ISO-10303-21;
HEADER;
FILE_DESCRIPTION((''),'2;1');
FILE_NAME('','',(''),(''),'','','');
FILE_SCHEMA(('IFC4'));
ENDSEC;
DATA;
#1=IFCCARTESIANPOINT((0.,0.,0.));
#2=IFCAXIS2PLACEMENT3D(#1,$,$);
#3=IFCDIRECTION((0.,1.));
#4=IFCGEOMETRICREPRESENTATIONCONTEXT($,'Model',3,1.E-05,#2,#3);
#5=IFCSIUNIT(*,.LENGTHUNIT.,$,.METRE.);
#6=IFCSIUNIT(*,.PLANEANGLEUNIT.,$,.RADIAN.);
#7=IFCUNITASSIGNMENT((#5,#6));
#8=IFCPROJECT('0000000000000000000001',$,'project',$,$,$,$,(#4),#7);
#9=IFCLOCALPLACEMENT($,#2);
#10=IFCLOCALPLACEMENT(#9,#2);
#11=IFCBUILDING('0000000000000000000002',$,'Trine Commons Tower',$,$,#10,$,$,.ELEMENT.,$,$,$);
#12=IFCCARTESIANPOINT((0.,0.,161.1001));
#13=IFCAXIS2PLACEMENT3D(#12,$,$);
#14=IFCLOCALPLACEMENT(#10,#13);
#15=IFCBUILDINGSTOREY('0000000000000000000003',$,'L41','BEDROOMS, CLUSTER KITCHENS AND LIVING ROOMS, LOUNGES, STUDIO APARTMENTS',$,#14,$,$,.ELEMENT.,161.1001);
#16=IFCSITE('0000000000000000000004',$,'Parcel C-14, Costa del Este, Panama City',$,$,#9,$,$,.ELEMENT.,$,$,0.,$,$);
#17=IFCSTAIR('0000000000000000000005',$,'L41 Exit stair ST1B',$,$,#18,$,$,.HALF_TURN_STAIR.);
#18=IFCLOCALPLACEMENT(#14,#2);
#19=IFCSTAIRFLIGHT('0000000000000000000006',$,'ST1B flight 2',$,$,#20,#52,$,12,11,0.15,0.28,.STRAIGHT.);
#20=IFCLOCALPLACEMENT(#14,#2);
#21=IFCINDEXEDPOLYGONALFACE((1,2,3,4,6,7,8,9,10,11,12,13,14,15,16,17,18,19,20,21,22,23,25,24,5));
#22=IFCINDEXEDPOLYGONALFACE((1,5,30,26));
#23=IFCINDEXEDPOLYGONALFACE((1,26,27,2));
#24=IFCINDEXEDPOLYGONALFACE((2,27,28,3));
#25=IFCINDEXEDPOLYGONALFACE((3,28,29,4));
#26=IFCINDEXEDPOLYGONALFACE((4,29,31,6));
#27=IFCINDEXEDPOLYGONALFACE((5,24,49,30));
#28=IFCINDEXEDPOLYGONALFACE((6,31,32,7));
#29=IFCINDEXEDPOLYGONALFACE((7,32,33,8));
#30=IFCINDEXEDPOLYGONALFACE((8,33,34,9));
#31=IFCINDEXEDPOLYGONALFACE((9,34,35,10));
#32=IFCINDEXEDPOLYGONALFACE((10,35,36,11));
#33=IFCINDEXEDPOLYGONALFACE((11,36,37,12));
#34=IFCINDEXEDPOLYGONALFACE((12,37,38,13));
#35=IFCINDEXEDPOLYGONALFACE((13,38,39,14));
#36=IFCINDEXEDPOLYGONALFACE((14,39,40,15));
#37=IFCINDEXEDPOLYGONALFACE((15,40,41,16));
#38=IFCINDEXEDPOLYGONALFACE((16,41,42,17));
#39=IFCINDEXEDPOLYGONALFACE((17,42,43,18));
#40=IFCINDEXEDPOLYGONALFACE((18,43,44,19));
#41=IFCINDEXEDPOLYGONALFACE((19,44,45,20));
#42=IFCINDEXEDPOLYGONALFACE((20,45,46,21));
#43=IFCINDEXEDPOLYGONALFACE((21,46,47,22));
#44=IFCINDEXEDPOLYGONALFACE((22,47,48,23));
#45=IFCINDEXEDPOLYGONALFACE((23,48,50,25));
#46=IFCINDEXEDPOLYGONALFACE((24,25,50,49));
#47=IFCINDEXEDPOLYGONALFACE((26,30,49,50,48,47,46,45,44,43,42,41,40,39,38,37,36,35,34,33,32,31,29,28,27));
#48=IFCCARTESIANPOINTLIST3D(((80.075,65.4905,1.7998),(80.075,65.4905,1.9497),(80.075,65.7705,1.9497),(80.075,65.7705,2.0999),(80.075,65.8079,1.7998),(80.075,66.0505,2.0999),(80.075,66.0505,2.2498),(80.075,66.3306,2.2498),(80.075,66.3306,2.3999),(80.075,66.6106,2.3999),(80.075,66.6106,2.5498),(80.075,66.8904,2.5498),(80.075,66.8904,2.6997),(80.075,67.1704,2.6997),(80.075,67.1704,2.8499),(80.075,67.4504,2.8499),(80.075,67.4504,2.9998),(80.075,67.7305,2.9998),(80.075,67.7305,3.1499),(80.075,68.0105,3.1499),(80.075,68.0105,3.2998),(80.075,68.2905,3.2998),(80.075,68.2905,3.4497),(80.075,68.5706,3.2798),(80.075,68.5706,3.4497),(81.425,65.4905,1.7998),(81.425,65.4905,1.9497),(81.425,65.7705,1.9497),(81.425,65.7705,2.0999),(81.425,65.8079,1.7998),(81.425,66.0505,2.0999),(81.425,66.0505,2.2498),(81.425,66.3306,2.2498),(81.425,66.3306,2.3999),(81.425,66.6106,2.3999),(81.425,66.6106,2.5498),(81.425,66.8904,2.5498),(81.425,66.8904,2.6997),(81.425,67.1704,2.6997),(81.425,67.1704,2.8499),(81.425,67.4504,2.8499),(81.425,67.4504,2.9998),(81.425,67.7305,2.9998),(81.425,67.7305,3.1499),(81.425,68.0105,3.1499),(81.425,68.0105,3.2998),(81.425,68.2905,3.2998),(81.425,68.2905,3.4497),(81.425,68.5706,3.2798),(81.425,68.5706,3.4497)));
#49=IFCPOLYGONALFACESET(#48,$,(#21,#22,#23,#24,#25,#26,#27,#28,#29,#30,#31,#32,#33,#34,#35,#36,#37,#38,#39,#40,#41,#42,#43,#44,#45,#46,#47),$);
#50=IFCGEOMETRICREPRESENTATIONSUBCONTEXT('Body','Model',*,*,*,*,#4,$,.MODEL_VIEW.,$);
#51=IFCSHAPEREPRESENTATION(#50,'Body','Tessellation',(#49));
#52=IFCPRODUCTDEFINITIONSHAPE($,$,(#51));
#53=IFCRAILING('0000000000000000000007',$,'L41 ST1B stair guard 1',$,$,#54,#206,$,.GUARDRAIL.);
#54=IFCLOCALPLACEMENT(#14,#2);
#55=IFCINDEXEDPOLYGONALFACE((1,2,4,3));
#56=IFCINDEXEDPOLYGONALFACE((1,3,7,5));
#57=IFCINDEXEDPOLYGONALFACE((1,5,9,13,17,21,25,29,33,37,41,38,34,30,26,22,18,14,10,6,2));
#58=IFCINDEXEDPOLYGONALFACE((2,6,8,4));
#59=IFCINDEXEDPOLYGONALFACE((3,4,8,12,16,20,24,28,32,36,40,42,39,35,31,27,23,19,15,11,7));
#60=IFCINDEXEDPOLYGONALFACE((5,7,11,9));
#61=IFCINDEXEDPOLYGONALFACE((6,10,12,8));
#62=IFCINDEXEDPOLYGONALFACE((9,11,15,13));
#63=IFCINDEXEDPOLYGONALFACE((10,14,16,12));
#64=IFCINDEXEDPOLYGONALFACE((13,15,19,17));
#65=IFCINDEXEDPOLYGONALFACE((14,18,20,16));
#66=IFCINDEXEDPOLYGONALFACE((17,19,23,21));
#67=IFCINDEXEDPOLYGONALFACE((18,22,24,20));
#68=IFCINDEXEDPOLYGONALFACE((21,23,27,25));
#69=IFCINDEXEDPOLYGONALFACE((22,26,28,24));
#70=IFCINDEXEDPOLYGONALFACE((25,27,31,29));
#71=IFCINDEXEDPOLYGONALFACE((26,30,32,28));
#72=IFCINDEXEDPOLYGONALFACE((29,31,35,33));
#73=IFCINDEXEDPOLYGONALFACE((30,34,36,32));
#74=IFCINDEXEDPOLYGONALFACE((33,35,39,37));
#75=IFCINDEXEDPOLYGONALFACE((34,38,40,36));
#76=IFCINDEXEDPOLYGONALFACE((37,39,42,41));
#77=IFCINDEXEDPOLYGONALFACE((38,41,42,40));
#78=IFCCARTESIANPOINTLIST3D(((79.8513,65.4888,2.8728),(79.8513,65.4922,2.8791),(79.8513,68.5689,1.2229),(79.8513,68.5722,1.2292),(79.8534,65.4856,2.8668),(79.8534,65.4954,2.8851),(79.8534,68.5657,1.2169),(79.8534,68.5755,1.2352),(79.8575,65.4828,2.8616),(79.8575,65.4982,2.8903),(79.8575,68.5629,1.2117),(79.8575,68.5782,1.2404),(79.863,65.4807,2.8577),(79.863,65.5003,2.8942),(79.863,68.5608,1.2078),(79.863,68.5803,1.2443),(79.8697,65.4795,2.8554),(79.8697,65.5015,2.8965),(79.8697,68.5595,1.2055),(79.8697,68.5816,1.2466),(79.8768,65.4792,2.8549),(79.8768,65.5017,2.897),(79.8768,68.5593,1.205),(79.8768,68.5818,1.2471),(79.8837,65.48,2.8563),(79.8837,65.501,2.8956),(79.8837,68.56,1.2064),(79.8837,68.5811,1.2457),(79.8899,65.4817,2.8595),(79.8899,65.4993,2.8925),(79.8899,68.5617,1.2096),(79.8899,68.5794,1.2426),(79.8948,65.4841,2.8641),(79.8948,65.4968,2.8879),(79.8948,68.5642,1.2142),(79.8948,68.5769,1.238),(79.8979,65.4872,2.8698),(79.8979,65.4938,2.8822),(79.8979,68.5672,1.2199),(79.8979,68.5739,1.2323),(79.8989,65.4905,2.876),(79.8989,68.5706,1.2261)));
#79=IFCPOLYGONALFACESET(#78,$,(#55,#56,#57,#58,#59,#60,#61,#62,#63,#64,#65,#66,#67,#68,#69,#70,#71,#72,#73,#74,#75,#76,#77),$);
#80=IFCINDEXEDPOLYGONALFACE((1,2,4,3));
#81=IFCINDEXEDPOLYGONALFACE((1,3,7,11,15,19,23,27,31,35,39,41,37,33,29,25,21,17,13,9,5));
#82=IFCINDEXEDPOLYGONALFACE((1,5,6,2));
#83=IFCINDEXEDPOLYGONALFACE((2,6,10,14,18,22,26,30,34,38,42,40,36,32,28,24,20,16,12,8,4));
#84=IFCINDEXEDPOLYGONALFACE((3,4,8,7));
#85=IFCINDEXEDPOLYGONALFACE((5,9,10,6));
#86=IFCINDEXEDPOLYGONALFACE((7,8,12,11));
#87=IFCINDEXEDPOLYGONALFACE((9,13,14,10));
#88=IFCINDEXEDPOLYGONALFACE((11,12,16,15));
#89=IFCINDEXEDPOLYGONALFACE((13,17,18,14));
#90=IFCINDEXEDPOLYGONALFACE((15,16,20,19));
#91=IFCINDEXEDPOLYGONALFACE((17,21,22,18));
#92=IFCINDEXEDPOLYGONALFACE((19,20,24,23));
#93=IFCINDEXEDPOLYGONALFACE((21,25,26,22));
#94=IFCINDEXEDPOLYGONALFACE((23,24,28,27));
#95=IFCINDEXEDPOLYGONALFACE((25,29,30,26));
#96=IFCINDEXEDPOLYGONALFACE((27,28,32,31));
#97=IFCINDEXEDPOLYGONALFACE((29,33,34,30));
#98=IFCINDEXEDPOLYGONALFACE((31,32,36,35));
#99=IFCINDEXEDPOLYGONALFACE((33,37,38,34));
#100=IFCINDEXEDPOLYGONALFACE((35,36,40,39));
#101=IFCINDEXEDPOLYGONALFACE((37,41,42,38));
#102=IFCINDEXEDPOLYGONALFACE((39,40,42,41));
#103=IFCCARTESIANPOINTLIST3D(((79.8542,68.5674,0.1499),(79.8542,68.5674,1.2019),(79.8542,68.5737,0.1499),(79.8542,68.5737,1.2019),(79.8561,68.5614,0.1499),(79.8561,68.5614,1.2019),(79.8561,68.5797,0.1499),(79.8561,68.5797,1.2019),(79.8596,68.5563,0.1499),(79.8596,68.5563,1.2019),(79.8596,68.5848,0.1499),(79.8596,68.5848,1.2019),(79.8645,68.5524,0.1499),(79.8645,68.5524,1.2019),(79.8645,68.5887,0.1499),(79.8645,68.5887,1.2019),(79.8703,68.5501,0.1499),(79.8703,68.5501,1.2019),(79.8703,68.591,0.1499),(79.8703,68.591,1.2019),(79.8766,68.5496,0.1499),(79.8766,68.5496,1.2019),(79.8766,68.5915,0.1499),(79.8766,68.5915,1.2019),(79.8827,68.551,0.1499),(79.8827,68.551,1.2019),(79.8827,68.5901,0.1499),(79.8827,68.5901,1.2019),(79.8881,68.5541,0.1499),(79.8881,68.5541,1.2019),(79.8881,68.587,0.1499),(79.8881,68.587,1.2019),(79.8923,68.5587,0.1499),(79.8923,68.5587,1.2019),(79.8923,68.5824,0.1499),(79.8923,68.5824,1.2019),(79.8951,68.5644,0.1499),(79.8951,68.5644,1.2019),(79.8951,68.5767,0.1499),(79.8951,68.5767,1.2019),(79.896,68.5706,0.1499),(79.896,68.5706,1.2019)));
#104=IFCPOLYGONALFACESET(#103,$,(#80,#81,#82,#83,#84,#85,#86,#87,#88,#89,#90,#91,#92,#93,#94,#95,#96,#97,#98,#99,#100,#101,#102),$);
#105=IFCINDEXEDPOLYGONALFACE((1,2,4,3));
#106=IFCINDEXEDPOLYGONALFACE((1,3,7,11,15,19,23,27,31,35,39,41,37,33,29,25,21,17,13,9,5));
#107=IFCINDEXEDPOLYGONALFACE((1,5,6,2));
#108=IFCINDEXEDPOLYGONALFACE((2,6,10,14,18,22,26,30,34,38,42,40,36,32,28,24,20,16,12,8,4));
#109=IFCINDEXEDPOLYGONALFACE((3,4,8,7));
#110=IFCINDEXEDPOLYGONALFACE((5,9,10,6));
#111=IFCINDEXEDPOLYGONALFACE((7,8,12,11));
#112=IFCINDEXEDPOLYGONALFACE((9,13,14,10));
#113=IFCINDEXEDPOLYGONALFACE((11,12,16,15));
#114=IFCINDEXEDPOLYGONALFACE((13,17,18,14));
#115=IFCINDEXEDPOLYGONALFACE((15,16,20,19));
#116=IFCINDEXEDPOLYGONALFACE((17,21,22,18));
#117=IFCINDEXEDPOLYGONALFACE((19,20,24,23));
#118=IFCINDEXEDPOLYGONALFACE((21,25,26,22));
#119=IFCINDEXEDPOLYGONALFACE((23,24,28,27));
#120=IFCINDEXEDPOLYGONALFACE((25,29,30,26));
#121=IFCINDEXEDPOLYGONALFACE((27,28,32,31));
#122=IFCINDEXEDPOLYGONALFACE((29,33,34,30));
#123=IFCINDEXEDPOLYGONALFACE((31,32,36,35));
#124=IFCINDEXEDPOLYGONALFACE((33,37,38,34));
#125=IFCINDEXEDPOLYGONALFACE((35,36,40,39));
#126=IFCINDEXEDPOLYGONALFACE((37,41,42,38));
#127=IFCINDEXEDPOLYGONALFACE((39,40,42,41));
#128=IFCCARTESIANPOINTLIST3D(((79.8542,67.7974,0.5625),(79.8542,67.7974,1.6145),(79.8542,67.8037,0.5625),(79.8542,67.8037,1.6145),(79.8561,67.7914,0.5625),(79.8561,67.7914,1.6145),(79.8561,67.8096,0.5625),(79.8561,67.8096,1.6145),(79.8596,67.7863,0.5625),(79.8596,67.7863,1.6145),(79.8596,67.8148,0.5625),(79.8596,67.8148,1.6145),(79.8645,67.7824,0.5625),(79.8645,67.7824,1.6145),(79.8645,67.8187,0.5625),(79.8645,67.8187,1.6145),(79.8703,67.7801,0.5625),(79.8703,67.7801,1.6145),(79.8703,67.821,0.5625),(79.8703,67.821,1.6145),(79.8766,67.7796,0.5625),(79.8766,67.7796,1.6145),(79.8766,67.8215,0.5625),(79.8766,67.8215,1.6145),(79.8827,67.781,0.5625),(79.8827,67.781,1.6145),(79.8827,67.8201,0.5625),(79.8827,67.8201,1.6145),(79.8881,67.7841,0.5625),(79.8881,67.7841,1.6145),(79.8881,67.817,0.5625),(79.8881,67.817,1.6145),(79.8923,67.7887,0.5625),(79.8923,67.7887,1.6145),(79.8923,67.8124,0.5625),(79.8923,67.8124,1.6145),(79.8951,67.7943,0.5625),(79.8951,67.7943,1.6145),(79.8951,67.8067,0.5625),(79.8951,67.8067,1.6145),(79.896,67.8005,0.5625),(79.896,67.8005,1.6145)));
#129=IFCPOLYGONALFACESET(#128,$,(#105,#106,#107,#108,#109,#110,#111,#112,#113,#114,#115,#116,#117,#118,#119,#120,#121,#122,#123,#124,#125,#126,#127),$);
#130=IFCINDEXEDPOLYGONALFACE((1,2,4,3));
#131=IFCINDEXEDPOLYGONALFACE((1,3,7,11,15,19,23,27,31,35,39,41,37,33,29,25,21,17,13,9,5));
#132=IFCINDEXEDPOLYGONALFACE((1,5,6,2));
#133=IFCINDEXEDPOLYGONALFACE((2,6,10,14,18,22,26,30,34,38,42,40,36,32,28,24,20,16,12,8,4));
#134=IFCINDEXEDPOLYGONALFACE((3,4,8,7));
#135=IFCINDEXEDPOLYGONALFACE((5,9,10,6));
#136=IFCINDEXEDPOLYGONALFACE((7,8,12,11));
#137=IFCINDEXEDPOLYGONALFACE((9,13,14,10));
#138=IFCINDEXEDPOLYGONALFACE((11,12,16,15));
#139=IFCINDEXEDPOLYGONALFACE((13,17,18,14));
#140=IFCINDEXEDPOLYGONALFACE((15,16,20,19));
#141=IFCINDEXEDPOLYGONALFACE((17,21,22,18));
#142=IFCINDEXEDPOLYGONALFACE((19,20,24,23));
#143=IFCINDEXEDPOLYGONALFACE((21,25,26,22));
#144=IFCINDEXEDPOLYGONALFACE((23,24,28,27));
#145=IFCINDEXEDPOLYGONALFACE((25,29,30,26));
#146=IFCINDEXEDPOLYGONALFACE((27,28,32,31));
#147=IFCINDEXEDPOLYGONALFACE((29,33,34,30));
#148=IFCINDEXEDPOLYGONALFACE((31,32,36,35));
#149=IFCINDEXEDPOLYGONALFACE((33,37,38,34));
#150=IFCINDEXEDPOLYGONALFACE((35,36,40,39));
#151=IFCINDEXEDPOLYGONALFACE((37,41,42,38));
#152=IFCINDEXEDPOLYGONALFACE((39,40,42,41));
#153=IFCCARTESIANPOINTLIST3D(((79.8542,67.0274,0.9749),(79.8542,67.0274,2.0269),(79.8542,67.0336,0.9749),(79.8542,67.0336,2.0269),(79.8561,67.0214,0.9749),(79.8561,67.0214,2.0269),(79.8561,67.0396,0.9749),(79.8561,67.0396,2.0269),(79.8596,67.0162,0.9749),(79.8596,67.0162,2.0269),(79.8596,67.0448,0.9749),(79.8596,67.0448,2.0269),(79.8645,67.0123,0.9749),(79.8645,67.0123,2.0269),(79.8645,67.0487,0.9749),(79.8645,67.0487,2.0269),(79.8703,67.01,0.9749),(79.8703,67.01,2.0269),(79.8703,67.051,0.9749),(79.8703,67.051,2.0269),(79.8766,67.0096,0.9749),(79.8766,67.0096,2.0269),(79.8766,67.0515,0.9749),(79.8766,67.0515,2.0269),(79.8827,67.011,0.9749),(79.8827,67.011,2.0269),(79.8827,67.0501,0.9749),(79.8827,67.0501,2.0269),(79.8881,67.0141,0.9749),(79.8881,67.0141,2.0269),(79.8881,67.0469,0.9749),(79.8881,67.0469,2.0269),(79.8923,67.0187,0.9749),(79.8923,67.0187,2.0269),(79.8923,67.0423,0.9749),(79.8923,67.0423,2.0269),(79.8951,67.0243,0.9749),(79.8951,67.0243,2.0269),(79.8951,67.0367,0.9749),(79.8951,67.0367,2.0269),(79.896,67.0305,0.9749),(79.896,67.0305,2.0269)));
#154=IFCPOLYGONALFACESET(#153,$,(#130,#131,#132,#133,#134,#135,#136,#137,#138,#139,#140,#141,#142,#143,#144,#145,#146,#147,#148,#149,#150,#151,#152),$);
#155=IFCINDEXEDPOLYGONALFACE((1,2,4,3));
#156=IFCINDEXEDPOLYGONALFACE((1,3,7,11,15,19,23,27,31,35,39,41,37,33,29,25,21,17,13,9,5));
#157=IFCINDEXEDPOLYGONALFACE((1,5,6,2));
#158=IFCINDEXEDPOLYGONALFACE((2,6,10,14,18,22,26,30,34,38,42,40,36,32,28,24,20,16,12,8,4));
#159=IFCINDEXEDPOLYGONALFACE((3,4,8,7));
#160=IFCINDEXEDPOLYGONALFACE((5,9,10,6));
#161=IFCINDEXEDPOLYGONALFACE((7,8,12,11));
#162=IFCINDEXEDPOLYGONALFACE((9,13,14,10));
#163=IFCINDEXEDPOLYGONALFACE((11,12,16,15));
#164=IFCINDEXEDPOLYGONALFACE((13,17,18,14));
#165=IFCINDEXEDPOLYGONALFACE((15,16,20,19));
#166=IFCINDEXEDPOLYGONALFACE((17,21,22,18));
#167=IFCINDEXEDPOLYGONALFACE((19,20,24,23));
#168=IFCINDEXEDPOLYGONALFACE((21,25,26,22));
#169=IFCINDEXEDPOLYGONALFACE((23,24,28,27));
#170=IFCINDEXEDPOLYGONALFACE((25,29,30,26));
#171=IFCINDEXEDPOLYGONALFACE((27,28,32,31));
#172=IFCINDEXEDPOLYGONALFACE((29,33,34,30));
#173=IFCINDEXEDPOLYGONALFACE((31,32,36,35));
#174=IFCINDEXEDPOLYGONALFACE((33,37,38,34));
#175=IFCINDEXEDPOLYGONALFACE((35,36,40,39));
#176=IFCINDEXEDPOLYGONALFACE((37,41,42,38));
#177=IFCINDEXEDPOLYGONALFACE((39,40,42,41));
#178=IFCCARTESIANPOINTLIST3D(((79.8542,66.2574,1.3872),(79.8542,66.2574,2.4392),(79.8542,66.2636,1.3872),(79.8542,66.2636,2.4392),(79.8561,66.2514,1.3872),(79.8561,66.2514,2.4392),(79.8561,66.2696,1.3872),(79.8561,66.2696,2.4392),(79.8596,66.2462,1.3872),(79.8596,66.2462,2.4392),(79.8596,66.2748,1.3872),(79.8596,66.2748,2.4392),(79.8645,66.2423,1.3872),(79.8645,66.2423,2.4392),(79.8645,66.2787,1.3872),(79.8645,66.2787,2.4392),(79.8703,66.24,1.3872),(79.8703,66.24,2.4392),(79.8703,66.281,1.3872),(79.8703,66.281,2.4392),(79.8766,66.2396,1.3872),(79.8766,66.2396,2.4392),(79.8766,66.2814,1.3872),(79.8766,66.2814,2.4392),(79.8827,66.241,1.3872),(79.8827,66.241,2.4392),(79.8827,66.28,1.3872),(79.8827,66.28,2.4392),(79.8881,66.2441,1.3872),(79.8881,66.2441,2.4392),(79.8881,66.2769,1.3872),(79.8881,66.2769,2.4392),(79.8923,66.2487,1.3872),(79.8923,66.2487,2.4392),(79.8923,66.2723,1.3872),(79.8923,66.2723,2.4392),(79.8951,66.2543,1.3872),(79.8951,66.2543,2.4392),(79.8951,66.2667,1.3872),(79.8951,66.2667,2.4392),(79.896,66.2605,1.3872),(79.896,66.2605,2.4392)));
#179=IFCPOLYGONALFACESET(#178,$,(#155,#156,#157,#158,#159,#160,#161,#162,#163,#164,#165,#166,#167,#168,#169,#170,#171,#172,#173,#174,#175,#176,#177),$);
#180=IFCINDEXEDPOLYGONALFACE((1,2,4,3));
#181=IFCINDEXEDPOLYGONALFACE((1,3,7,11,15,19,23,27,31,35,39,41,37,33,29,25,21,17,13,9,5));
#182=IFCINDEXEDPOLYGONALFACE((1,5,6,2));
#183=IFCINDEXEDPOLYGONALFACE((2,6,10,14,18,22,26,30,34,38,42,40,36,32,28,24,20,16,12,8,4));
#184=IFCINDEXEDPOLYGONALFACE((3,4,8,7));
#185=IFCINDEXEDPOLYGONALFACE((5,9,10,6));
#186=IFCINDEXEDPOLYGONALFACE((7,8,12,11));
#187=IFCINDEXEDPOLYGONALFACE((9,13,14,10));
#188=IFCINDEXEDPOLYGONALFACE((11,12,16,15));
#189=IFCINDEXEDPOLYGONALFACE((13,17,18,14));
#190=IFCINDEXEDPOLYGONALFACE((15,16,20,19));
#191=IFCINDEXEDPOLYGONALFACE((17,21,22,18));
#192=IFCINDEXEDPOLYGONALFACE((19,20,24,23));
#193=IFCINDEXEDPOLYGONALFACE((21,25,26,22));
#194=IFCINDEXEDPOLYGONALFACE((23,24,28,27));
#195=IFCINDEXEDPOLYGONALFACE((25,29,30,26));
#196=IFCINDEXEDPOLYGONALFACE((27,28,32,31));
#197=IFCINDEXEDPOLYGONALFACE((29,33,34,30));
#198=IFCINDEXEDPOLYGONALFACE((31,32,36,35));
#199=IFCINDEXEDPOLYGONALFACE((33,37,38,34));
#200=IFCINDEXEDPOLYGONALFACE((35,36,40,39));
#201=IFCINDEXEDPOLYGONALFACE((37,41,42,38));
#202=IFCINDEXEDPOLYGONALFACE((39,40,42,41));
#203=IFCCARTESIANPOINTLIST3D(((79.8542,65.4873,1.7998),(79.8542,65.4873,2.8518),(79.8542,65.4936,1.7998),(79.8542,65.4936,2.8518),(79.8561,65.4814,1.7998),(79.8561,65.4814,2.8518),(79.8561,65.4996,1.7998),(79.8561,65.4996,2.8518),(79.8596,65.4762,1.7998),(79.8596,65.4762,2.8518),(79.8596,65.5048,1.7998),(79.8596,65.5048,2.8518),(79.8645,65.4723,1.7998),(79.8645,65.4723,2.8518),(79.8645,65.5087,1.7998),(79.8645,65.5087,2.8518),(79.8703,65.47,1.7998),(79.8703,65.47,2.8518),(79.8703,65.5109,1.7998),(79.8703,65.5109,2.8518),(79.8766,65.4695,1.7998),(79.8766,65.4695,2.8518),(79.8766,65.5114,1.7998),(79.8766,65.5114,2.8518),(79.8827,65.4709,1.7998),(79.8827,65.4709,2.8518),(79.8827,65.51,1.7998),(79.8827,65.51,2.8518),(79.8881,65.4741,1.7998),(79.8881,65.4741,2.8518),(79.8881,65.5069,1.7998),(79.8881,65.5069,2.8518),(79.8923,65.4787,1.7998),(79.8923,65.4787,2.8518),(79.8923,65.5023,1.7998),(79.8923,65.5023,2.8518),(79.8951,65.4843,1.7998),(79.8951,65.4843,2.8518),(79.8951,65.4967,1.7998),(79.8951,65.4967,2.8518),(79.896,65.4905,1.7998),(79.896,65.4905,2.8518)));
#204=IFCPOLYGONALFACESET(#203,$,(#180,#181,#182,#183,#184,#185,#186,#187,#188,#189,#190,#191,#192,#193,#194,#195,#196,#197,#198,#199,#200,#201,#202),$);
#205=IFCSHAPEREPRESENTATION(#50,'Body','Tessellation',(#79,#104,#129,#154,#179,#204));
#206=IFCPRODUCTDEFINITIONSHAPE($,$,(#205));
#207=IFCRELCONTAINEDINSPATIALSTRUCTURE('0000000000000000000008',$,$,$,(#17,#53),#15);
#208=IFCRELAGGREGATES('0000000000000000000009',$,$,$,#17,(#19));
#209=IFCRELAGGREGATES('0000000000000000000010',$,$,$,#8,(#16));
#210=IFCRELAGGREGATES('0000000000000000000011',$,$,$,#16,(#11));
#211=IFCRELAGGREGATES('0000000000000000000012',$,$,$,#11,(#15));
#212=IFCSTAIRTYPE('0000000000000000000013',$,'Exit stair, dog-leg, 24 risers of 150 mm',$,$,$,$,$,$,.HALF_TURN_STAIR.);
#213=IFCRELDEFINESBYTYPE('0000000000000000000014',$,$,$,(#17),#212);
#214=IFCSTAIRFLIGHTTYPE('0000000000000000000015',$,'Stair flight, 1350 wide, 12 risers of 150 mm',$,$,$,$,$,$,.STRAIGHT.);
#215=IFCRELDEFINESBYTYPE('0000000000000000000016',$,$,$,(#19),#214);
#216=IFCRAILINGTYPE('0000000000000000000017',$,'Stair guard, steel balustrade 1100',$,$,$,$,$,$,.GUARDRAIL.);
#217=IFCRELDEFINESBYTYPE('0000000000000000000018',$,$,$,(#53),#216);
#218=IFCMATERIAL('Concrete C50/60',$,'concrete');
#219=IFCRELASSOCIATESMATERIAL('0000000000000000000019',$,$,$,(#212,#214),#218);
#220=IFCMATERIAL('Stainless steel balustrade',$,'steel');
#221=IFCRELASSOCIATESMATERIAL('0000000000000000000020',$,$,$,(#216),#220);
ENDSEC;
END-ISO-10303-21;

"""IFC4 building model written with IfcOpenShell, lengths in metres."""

from ifc_helpers import new_model, si_unit, direction, frame, origin, origin_2d, place, context, subcontext, project, spatial, polyline, circle, outline, extrude, material, type_object, element, aggregate, save


model = new_model("IFC4")

# Units and contexts
model_context = context("Model", 3, precision=1e-05, world=origin(), true_north=direction((0.0, 1.0)))
body_context = subcontext(model_context, "Body", "Model", "MODEL_VIEW")
ifc_project = project(units=[si_unit("LENGTHUNIT", "METRE"), si_unit("PLANEANGLEUNIT", "RADIAN")], contexts=[model_context])

# Site, building, storey
site_placement = place(None, origin())
site = spatial("IfcSite", under=ifc_project, at=site_placement, Name="Parcel C-14, Costa del Este, Panama City", CompositionType="ELEMENT", RefElevation=0.0)
building_placement = place(site_placement, origin())
building = spatial("IfcBuilding", under=site, at=building_placement, Name="Trine Commons Tower", CompositionType="ELEMENT")
storey_placement = place(building_placement, frame((0.0, 0.0, 161.1001)))
storey = spatial("IfcBuildingStorey", under=building, at=storey_placement, Name="L41", Description="BEDROOMS, CLUSTER KITCHENS AND LIVING ROOMS, LOUNGES, STUDIO APARTMENTS", CompositionType="ELEMENT", Elevation=161.1001)

# Stair, stair flight
ifc_material_1 = material(Name="Concrete C50/60", Category="concrete")
stair_type = type_object("IfcStairType", Name="Exit stair, dog-leg, 24 risers of 150 mm", PredefinedType="HALF_TURN_STAIR", material=ifc_material_1)
stair_placement = place(storey_placement, origin())
stair = element("IfcStair", 1, at=stair_placement, inside=storey, type_object=stair_type, Name="L41 Exit stair ST1B", PredefinedType="HALF_TURN_STAIR")
stair_flight_type = type_object("IfcStairFlightType", Name="Stair flight, 1350 wide, 12 risers of 150 mm", PredefinedType="STRAIGHT", material=ifc_material_1)
stair_flight_1_placement = place(storey_placement, frame((80.75, 65.4905, 1.7998), z_axis=(0.0, 0.0, 1.0), x_axis=(0.0, 1.0, 0.0)))
stair_flight_1 = element("IfcStairFlight", 2, at=stair_flight_1_placement, type_object=stair_flight_type, Name="ST1B flight 2", NumberOfRisers=12, NumberOfTreads=11, PredefinedType="STRAIGHT", RiserHeight=0.15, TreadLength=0.28, context=body_context, shape_type="SweptSolid", body=[
    extrude(outline(polyline([(0.0, 0.0), (0.0, 0.1499), (0.28, 0.1499), (0.28, 0.3), (0.5601, 0.3), (0.5601, 0.45), (0.8401, 0.45), (0.8401, 0.6001), (1.1201, 0.6001), (1.1201, 0.75), (1.3999, 0.75), (1.3999, 0.8999), (1.6799, 0.8999), (1.6799, 1.05), (1.96, 1.05), (1.96, 1.2), (2.24, 1.2), (2.24, 1.3501), (2.52, 1.3501), (2.52, 1.5), (2.8, 1.5), (2.8, 1.6499), (3.0801, 1.6499), (3.0801, 1.8), (3.0801, 1.48), (0.3174, 0.0), (0.0, 0.0)])), frame((0.0, 0.675, 0.0), z_axis=(0.0, -1.0, 0.0), x_axis=(1.0, 0.0, 0.0)), (0.0, 0.0, 1.0), 1.3501),
])
aggregate(stair, [stair_flight_1])

# Railing
ifc_material_2 = material(Name="Stainless steel balustrade", Category="steel")
railing_type_1 = type_object("IfcRailingType", Name="Stair guard, steel balustrade 1100", PredefinedType="GUARDRAIL", material=ifc_material_2)
railing_1_placement = place(storey_placement, frame((79.875, 68.5706, 0.1499)))
element("IfcRailing", 3, at=railing_1_placement, inside=storey, type_object=railing_type_1, Name="L41 ST1B stair guard 1", PredefinedType="GUARDRAIL", context=body_context, shape_type="SweptSolid", body=[
    extrude(circle(Radius=0.0239, at=origin_2d()), frame((0.0, 0.0, 1.0762), z_axis=(0.0, -0.881497, 0.47219), x_axis=(1.0, 0.0, 0.0)), (0.0, 0.0, 1.0), 3.4941),
    extrude(circle(Radius=0.021, at=origin_2d()), origin(), (0.0, 0.0, 1.0), 1.052),
    extrude(circle(Radius=0.021, at=origin_2d()), frame((0.0, -0.77, 0.4126)), (0.0, 0.0, 1.0), 1.052),
    extrude(circle(Radius=0.021, at=origin_2d()), frame((0.0, -1.54, 0.825)), (0.0, 0.0, 1.0), 1.052),
    extrude(circle(Radius=0.021, at=origin_2d()), frame((0.0, -2.3101, 1.2373)), (0.0, 0.0, 1.0), 1.052),
    extrude(circle(Radius=0.021, at=origin_2d()), frame((0.0, -3.0801, 1.6499)), (0.0, 0.0, 1.0), 1.052),
])

save(model, "model.ifc")
